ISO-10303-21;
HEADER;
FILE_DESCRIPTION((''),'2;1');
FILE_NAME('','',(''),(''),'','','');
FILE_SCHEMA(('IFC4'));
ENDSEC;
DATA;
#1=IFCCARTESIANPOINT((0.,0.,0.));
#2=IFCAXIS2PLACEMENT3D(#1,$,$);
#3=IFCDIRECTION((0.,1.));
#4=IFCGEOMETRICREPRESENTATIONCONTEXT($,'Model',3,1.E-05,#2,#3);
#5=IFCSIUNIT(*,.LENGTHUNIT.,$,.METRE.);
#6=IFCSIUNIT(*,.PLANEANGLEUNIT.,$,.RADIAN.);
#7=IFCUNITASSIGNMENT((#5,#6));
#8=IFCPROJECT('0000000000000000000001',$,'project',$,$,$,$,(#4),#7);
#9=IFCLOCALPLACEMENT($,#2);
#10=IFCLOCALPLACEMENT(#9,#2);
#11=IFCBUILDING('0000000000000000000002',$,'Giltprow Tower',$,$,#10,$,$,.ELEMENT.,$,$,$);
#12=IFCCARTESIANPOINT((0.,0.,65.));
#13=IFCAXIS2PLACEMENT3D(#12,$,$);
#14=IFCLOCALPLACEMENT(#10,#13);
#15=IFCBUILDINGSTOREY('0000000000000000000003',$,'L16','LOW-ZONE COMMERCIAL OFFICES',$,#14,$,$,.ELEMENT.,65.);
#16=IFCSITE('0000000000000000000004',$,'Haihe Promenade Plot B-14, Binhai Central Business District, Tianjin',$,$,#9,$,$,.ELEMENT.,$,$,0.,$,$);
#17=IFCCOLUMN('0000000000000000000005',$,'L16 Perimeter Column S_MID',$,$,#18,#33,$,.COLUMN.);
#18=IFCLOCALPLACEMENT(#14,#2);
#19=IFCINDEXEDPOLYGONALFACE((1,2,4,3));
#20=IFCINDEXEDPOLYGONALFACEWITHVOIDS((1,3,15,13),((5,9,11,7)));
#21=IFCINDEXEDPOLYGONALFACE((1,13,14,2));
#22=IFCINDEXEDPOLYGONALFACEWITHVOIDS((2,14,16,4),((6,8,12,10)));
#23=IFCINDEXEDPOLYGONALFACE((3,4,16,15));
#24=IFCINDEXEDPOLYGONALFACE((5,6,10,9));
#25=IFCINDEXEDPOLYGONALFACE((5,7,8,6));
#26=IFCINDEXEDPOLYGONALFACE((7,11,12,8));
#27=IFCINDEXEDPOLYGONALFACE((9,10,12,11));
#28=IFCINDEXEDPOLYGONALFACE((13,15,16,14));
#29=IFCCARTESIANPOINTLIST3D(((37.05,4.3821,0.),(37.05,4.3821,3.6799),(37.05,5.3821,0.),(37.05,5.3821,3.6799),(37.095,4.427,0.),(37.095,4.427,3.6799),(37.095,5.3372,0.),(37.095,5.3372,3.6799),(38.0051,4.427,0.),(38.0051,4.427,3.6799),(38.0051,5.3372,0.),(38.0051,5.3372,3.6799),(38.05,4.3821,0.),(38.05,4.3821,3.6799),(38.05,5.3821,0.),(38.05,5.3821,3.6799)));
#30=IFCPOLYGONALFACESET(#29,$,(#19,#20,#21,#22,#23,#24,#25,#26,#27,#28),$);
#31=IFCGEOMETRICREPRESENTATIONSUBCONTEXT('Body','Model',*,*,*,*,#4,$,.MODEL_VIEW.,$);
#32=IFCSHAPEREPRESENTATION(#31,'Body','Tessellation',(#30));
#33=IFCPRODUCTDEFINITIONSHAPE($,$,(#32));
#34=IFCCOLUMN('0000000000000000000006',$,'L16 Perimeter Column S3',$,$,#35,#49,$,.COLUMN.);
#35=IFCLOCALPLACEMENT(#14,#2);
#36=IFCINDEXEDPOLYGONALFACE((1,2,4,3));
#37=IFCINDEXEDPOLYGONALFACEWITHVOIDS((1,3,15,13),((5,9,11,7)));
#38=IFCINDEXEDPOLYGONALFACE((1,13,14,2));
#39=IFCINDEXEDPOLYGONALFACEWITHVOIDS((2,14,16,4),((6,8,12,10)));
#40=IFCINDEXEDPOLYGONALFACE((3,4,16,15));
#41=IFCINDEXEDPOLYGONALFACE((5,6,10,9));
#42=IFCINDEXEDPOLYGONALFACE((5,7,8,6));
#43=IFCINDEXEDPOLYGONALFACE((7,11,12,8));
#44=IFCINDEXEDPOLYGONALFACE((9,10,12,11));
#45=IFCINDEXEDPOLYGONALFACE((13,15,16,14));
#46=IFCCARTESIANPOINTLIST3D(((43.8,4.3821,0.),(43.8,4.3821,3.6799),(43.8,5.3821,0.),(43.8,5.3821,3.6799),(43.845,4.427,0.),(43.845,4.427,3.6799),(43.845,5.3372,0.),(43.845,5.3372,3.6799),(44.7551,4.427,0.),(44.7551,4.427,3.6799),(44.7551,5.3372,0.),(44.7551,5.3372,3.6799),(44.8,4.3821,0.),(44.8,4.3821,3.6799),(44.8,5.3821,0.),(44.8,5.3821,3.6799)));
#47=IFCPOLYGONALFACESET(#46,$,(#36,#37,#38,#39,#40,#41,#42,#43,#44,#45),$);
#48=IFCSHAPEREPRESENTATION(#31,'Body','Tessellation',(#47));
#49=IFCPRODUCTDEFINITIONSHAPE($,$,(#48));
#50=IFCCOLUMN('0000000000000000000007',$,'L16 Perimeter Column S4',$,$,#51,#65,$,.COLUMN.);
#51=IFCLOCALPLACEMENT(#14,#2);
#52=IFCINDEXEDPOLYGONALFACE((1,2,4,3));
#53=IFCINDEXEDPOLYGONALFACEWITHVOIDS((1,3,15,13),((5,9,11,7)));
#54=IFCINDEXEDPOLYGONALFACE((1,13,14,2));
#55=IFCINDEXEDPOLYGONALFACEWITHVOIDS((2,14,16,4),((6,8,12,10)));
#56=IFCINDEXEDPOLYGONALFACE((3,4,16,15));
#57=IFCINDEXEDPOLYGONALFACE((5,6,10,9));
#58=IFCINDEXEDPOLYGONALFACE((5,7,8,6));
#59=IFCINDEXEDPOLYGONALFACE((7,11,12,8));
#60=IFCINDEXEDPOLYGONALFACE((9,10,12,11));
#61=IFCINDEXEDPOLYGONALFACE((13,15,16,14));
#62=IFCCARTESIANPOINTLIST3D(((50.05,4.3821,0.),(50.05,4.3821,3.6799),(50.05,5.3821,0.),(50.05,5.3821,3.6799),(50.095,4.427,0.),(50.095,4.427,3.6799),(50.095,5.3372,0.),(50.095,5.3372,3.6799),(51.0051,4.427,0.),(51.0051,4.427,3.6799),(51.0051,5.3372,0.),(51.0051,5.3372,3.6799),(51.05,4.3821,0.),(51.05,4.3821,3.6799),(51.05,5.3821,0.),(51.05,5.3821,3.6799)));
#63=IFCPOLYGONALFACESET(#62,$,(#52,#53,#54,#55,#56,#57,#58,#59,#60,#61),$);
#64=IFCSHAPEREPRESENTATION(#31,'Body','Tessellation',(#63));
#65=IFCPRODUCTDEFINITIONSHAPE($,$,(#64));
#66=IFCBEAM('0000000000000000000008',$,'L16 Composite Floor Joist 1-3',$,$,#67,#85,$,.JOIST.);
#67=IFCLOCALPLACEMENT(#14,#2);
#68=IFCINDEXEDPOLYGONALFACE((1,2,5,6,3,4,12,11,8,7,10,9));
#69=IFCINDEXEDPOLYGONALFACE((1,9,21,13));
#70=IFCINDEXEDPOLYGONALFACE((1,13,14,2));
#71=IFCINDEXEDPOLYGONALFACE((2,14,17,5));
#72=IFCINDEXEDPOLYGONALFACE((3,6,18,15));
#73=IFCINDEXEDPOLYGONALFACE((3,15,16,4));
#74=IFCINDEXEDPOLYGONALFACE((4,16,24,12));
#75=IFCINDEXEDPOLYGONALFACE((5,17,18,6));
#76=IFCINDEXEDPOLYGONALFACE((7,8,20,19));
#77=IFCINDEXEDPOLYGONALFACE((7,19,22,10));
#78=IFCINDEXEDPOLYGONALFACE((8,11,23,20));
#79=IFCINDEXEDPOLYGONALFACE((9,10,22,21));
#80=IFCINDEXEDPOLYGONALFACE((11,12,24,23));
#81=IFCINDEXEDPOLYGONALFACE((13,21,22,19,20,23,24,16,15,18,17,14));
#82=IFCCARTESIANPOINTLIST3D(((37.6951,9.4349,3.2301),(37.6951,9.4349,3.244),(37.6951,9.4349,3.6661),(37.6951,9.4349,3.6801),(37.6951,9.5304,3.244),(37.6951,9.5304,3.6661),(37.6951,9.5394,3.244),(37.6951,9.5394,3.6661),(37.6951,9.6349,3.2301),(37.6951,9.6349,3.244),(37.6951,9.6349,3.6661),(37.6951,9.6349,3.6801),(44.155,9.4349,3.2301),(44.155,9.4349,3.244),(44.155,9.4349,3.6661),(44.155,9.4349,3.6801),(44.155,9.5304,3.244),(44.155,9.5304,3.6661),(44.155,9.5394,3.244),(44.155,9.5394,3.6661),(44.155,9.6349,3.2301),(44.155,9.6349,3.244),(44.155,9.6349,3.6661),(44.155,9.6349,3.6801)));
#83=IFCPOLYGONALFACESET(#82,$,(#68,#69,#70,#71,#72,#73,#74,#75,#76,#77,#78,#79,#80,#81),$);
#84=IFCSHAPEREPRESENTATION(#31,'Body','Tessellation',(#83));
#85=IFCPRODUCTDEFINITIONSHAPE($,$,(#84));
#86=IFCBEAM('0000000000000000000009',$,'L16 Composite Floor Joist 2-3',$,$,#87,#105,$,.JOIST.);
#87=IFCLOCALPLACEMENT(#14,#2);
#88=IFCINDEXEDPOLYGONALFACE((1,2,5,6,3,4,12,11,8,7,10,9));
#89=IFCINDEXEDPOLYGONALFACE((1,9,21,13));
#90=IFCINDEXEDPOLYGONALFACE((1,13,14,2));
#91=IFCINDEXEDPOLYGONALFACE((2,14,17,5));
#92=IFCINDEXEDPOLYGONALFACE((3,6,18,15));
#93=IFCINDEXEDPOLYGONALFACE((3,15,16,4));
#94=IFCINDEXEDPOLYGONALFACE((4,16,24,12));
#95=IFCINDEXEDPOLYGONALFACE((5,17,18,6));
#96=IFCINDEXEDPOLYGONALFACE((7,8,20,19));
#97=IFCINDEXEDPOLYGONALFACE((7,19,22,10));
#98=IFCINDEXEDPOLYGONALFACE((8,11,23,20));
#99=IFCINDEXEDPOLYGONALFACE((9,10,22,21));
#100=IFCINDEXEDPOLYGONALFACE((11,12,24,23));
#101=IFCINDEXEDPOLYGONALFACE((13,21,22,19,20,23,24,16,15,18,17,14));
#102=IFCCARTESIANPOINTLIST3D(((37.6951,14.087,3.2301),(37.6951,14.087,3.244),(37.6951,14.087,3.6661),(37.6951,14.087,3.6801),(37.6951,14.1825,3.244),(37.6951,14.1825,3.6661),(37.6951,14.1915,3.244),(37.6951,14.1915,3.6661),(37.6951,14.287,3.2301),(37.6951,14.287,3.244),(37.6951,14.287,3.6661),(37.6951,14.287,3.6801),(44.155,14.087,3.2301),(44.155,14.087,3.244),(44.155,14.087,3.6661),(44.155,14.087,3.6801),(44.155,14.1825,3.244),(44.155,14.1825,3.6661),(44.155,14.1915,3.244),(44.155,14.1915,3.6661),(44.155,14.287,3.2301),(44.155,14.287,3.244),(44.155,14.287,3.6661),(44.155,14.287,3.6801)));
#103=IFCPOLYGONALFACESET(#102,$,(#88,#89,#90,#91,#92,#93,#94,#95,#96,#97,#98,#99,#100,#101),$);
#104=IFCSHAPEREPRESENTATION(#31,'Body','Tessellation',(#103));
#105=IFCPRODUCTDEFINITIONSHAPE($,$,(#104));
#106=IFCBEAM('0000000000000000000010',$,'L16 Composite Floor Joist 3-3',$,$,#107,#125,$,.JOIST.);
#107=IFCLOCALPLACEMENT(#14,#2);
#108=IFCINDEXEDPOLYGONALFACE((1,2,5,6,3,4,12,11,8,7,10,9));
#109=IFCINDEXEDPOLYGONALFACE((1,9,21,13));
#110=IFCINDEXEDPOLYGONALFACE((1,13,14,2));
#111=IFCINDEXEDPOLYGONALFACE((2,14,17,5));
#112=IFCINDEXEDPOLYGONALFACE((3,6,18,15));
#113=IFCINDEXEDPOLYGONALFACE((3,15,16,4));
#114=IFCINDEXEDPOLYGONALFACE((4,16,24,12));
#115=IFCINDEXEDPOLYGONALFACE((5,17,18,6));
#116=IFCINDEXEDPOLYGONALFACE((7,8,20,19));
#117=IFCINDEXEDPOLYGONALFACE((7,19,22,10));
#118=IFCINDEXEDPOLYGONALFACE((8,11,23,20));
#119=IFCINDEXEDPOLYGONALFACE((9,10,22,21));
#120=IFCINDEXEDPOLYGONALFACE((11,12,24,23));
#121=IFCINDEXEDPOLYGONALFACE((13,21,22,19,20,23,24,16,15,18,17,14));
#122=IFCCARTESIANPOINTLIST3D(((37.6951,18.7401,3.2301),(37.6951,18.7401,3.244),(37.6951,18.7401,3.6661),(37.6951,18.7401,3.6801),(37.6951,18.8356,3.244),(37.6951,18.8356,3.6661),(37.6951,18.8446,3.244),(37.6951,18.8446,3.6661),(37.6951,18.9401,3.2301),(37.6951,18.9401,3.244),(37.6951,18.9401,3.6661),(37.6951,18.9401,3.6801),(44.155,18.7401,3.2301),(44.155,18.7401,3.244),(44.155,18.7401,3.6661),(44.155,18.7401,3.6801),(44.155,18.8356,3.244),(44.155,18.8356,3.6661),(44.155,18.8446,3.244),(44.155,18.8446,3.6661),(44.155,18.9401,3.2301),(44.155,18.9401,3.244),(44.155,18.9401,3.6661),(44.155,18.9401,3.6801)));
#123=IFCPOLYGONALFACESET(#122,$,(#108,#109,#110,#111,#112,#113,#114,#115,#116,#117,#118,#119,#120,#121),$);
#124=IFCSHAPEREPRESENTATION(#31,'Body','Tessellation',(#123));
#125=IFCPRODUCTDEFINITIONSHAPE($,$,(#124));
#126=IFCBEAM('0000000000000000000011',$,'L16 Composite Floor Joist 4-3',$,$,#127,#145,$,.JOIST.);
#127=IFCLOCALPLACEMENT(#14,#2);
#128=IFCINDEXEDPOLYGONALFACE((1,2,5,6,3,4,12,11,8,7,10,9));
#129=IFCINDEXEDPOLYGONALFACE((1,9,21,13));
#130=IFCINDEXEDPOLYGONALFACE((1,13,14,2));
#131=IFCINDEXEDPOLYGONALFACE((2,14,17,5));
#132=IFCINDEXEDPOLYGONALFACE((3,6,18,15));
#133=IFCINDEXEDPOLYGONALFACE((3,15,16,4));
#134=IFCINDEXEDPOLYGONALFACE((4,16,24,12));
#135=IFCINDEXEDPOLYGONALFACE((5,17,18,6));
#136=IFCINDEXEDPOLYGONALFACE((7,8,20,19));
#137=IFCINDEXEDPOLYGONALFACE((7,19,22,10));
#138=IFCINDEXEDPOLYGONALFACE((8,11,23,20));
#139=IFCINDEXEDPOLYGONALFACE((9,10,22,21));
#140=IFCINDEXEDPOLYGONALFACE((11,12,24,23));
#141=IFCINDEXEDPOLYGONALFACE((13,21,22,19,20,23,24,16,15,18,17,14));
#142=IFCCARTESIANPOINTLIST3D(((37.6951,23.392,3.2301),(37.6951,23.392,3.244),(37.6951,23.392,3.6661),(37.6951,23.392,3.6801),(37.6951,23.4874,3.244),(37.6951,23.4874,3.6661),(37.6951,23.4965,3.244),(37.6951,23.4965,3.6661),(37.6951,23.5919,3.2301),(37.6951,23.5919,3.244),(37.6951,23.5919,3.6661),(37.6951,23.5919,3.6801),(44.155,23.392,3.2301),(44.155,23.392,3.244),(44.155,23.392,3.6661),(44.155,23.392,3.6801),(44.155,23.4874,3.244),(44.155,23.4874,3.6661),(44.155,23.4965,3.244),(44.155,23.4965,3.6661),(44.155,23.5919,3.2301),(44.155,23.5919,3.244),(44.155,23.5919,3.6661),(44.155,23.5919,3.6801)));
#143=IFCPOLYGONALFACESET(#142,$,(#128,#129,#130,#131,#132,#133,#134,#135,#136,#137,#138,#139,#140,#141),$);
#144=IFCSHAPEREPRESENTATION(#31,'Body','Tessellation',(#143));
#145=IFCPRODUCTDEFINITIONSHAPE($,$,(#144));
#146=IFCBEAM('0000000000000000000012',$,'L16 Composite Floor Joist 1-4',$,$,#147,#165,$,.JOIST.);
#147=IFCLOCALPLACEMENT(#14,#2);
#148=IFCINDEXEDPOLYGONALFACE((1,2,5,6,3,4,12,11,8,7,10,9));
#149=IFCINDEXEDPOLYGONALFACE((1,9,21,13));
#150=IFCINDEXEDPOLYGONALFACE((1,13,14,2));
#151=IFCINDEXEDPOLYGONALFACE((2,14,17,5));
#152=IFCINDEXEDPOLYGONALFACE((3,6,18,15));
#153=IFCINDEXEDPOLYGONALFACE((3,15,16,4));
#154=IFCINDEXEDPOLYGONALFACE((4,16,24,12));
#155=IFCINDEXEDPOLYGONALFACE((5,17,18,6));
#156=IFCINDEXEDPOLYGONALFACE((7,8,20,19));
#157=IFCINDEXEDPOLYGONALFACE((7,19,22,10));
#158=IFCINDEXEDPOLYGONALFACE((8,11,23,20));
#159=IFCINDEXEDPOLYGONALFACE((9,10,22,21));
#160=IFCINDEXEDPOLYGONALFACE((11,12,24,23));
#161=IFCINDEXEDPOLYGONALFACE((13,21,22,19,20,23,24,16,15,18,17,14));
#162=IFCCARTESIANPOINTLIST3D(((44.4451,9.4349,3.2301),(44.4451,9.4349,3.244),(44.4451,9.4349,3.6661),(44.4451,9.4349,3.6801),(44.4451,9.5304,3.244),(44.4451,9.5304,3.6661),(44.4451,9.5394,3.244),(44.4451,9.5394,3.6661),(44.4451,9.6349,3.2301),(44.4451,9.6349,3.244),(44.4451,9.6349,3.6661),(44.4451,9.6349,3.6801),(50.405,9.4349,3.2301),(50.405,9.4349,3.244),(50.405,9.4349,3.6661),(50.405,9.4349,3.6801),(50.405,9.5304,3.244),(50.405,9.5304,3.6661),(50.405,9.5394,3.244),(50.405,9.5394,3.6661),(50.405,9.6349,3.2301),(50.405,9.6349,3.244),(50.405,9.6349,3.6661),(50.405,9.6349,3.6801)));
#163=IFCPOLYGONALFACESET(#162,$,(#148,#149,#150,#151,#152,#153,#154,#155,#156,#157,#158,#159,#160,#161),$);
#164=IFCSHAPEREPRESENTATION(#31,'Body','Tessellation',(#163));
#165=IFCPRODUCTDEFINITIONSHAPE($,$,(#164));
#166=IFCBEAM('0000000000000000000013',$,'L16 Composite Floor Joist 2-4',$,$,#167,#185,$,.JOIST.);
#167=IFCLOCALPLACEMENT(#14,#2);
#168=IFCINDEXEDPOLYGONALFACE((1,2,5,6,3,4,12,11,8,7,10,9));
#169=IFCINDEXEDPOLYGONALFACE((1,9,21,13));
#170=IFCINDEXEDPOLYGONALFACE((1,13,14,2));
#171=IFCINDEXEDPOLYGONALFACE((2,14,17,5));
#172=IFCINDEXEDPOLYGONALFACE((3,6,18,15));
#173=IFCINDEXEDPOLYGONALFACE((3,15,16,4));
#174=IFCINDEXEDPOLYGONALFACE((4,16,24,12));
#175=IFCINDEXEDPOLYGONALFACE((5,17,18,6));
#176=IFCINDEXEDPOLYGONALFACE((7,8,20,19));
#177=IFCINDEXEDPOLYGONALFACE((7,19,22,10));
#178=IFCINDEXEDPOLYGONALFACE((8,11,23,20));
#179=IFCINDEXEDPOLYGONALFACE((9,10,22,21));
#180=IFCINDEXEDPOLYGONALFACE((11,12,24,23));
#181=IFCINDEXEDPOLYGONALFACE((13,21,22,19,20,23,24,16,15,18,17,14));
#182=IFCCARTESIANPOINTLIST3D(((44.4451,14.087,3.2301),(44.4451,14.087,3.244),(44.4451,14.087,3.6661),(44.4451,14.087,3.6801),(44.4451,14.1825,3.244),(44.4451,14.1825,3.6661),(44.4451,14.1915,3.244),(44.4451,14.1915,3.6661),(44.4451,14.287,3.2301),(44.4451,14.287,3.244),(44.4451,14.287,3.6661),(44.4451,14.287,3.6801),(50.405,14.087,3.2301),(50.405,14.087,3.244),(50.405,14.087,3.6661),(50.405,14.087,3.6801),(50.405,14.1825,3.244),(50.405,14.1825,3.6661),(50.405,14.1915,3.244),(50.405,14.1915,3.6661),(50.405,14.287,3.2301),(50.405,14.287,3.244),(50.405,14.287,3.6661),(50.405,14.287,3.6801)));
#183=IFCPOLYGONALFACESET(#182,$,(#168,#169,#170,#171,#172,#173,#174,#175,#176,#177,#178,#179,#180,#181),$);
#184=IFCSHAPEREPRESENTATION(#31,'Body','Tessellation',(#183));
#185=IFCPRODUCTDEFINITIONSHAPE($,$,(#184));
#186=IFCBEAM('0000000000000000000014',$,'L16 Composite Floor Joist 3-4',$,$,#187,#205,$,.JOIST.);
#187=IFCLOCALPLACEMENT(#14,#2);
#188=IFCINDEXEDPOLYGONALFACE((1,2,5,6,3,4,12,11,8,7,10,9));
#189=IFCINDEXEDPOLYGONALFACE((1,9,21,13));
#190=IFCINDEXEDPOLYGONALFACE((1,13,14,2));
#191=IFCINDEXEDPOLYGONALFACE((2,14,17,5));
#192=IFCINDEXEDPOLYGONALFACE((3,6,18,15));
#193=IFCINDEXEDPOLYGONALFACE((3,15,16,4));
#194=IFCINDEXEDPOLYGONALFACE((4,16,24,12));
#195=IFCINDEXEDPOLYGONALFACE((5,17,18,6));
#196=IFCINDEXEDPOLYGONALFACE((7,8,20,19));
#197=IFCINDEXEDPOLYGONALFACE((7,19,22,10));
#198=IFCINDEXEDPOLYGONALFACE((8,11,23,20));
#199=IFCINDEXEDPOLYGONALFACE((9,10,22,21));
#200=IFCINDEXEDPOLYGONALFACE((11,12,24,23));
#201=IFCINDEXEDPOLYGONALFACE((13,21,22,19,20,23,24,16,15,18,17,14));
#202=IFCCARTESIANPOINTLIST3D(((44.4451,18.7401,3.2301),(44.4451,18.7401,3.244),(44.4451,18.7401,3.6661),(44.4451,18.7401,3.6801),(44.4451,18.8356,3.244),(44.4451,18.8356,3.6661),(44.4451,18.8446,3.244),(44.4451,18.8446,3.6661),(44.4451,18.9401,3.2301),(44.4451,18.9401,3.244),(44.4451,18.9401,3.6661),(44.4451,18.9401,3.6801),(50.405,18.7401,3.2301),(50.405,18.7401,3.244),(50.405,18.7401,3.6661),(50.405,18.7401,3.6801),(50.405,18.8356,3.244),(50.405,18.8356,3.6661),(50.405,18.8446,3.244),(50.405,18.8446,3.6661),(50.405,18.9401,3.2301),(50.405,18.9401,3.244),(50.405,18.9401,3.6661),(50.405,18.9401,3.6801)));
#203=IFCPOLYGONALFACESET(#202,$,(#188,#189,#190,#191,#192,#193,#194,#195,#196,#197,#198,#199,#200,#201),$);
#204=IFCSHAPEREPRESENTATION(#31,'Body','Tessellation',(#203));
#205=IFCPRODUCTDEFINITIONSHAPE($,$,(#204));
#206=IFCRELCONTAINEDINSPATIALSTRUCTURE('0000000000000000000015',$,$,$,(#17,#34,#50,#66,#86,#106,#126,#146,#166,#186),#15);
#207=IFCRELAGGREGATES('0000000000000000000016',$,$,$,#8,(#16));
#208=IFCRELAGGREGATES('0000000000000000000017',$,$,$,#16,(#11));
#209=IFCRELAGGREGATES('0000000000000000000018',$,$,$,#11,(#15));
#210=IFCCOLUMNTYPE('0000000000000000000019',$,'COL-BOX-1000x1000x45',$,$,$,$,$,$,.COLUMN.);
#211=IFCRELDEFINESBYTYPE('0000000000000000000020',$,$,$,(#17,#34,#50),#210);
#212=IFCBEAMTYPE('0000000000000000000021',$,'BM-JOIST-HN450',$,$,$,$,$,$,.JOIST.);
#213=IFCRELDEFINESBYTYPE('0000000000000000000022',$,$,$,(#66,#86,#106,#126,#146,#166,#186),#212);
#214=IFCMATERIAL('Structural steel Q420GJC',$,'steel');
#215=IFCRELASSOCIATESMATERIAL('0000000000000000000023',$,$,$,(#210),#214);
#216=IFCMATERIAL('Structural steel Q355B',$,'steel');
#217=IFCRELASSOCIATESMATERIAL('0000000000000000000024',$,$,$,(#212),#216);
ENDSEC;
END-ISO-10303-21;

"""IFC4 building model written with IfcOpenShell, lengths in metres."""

from ifc_helpers import new_model, si_unit, direction, frame, origin, origin_2d, place, context, subcontext, project, spatial, hollow_rectangle, i_section, extrude, source, transform, mapped, material, material_profile, profile_set, type_object, element, save


model = new_model("IFC4")

# Units and contexts
model_context = context("Model", 3, precision=1e-05, world=origin(), true_north=direction((0.0, 1.0)))
body_context = subcontext(model_context, "Body", "Model", "MODEL_VIEW")
ifc_project = project(units=[si_unit("LENGTHUNIT", "METRE"), si_unit("PLANEANGLEUNIT", "RADIAN")], contexts=[model_context])

# Site, building, storey
site_placement = place(None, origin())
site = spatial("IfcSite", under=ifc_project, at=site_placement, Name="Haihe Promenade Plot B-14, Binhai Central Business District, Tianjin", CompositionType="ELEMENT", RefElevation=0.0)
building_placement = place(site_placement, origin())
building = spatial("IfcBuilding", under=site, at=building_placement, Name="Giltprow Tower", CompositionType="ELEMENT")
storey_placement = place(building_placement, frame((0.0, 0.0, 65.0)))
storey = spatial("IfcBuildingStorey", under=building, at=storey_placement, Name="L16", Description="LOW-ZONE COMMERCIAL OFFICES", CompositionType="ELEMENT", Elevation=65.0)

# Columns
ifc_material_1 = material(Name="Structural steel Q420GJC", Category="steel")
ifc_material_profile_1 = material_profile(ifc_material_1, hollow_rectangle(XDim=1.0, YDim=1.0, WallThickness=0.0449, at=origin_2d()), Name="BOX 1000x1000x45")
ifc_profile_set_1 = profile_set([ifc_material_profile_1], Name="Structural steel Q420GJC")
column_type = type_object("IfcColumnType", Name="COL-BOX-1000x1000x45", PredefinedType="COLUMN", material=ifc_profile_set_1)
shared_shape_1 = source(origin(), body_context, "Body", "SweptSolid", [
    extrude(hollow_rectangle(XDim=1.0, YDim=1.0, WallThickness=0.0449, at=origin_2d()), origin(), (0.0, 0.0, 1.0), 3.6799),
])
for number, where, z_axis, x_axis, name in (
    (1, (37.55, 4.8821, 0.0), (0.0, 0.0, 1.0), (1.0, 0.0, 0.0), "L16 Perimeter Column S_MID"),
    (2, (44.3, 4.8821, 0.0), (0.0, 0.0, 1.0), (1.0, 0.0, 0.0), "L16 Perimeter Column S3"),
    (3, (50.55, 4.8821, 0.0), (0.0, 0.0, 1.0), (1.0, 0.0, 0.0), "L16 Perimeter Column S4"),
):
    element("IfcColumn", number, at=place(storey_placement, frame(where, z_axis=z_axis, x_axis=x_axis)), inside=storey, type_object=column_type, Name=name, PredefinedType="COLUMN", context=body_context, shape_type="MappedRepresentation", body=[
        mapped(shared_shape_1, transform((0.0, 0.0, 0.0), x_axis=(1.0, 0.0, 0.0), y_axis=(0.0, 1.0, 0.0), z_axis=(0.0, 0.0, 1.0), scale=1.0)),
    ])

# Beams
ifc_material_2 = material(Name="Structural steel Q355B", Category="steel")
ifc_material_profile_2 = material_profile(ifc_material_2, i_section(OverallWidth=0.2, OverallDepth=0.45, WebThickness=0.009, FlangeThickness=0.0139, at=origin_2d()), Name="HN 450x200x9x14")
ifc_profile_set_2 = profile_set([ifc_material_profile_2], Name="Structural steel Q355B")
beam_type_1 = type_object("IfcBeamType", Name="BM-JOIST-HN450", PredefinedType="JOIST", material=ifc_profile_set_2)
shared_shape_2 = source(origin(), body_context, "Body", "SweptSolid", [
    extrude(i_section(OverallWidth=0.2, OverallDepth=0.45, WebThickness=0.009, FlangeThickness=0.0139, at=origin_2d()), origin(), (0.0, 0.0, 1.0), 6.46),
])
for number, where, z_axis, x_axis, name in (
    (4, (37.6951, 9.5349, 3.4551), (1.0, 0.0, 0.0), (0.0, 1.0, 0.0), "L16 Composite Floor Joist 1-3"),
    (5, (37.6951, 14.187, 3.4551), (1.0, 0.0, 0.0), (0.0, 1.0, 0.0), "L16 Composite Floor Joist 2-3"),
    (6, (37.6951, 18.8401, 3.4551), (1.0, 0.0, 0.0), (0.0, 1.0, 0.0), "L16 Composite Floor Joist 3-3"),
    (7, (37.6951, 23.4919, 3.4551), (1.0, 0.0, 0.0), (0.0, 1.0, 0.0), "L16 Composite Floor Joist 4-3"),
):
    element("IfcBeam", number, at=place(storey_placement, frame(where, z_axis=z_axis, x_axis=x_axis)), inside=storey, type_object=beam_type_1, Name=name, PredefinedType="JOIST", context=body_context, shape_type="MappedRepresentation", body=[
        mapped(shared_shape_2, transform((0.0, 0.0, 0.0), x_axis=(1.0, 0.0, 0.0), y_axis=(0.0, 1.0, 0.0), z_axis=(0.0, 0.0, 1.0), scale=1.0)),
    ])
shared_shape_3 = source(origin(), body_context, "Body", "SweptSolid", [
    extrude(i_section(OverallWidth=0.2, OverallDepth=0.45, WebThickness=0.009, FlangeThickness=0.0139, at=origin_2d()), origin(), (0.0, 0.0, 1.0), 5.96),
])
for number, where, z_axis, x_axis, name in (
    (8, (44.4451, 9.5349, 3.4551), (1.0, 0.0, 0.0), (0.0, 1.0, 0.0), "L16 Composite Floor Joist 1-4"),
    (9, (44.4451, 14.187, 3.4551), (1.0, 0.0, 0.0), (0.0, 1.0, 0.0), "L16 Composite Floor Joist 2-4"),
    (10, (44.4451, 18.8401, 3.4551), (1.0, 0.0, 0.0), (0.0, 1.0, 0.0), "L16 Composite Floor Joist 3-4"),
):
    element("IfcBeam", number, at=place(storey_placement, frame(where, z_axis=z_axis, x_axis=x_axis)), inside=storey, type_object=beam_type_1, Name=name, PredefinedType="JOIST", context=body_context, shape_type="MappedRepresentation", body=[
        mapped(shared_shape_3, transform((0.0, 0.0, 0.0), x_axis=(1.0, 0.0, 0.0), y_axis=(0.0, 1.0, 0.0), z_axis=(0.0, 0.0, 1.0), scale=1.0)),
    ])

save(model, "model.ifc")
